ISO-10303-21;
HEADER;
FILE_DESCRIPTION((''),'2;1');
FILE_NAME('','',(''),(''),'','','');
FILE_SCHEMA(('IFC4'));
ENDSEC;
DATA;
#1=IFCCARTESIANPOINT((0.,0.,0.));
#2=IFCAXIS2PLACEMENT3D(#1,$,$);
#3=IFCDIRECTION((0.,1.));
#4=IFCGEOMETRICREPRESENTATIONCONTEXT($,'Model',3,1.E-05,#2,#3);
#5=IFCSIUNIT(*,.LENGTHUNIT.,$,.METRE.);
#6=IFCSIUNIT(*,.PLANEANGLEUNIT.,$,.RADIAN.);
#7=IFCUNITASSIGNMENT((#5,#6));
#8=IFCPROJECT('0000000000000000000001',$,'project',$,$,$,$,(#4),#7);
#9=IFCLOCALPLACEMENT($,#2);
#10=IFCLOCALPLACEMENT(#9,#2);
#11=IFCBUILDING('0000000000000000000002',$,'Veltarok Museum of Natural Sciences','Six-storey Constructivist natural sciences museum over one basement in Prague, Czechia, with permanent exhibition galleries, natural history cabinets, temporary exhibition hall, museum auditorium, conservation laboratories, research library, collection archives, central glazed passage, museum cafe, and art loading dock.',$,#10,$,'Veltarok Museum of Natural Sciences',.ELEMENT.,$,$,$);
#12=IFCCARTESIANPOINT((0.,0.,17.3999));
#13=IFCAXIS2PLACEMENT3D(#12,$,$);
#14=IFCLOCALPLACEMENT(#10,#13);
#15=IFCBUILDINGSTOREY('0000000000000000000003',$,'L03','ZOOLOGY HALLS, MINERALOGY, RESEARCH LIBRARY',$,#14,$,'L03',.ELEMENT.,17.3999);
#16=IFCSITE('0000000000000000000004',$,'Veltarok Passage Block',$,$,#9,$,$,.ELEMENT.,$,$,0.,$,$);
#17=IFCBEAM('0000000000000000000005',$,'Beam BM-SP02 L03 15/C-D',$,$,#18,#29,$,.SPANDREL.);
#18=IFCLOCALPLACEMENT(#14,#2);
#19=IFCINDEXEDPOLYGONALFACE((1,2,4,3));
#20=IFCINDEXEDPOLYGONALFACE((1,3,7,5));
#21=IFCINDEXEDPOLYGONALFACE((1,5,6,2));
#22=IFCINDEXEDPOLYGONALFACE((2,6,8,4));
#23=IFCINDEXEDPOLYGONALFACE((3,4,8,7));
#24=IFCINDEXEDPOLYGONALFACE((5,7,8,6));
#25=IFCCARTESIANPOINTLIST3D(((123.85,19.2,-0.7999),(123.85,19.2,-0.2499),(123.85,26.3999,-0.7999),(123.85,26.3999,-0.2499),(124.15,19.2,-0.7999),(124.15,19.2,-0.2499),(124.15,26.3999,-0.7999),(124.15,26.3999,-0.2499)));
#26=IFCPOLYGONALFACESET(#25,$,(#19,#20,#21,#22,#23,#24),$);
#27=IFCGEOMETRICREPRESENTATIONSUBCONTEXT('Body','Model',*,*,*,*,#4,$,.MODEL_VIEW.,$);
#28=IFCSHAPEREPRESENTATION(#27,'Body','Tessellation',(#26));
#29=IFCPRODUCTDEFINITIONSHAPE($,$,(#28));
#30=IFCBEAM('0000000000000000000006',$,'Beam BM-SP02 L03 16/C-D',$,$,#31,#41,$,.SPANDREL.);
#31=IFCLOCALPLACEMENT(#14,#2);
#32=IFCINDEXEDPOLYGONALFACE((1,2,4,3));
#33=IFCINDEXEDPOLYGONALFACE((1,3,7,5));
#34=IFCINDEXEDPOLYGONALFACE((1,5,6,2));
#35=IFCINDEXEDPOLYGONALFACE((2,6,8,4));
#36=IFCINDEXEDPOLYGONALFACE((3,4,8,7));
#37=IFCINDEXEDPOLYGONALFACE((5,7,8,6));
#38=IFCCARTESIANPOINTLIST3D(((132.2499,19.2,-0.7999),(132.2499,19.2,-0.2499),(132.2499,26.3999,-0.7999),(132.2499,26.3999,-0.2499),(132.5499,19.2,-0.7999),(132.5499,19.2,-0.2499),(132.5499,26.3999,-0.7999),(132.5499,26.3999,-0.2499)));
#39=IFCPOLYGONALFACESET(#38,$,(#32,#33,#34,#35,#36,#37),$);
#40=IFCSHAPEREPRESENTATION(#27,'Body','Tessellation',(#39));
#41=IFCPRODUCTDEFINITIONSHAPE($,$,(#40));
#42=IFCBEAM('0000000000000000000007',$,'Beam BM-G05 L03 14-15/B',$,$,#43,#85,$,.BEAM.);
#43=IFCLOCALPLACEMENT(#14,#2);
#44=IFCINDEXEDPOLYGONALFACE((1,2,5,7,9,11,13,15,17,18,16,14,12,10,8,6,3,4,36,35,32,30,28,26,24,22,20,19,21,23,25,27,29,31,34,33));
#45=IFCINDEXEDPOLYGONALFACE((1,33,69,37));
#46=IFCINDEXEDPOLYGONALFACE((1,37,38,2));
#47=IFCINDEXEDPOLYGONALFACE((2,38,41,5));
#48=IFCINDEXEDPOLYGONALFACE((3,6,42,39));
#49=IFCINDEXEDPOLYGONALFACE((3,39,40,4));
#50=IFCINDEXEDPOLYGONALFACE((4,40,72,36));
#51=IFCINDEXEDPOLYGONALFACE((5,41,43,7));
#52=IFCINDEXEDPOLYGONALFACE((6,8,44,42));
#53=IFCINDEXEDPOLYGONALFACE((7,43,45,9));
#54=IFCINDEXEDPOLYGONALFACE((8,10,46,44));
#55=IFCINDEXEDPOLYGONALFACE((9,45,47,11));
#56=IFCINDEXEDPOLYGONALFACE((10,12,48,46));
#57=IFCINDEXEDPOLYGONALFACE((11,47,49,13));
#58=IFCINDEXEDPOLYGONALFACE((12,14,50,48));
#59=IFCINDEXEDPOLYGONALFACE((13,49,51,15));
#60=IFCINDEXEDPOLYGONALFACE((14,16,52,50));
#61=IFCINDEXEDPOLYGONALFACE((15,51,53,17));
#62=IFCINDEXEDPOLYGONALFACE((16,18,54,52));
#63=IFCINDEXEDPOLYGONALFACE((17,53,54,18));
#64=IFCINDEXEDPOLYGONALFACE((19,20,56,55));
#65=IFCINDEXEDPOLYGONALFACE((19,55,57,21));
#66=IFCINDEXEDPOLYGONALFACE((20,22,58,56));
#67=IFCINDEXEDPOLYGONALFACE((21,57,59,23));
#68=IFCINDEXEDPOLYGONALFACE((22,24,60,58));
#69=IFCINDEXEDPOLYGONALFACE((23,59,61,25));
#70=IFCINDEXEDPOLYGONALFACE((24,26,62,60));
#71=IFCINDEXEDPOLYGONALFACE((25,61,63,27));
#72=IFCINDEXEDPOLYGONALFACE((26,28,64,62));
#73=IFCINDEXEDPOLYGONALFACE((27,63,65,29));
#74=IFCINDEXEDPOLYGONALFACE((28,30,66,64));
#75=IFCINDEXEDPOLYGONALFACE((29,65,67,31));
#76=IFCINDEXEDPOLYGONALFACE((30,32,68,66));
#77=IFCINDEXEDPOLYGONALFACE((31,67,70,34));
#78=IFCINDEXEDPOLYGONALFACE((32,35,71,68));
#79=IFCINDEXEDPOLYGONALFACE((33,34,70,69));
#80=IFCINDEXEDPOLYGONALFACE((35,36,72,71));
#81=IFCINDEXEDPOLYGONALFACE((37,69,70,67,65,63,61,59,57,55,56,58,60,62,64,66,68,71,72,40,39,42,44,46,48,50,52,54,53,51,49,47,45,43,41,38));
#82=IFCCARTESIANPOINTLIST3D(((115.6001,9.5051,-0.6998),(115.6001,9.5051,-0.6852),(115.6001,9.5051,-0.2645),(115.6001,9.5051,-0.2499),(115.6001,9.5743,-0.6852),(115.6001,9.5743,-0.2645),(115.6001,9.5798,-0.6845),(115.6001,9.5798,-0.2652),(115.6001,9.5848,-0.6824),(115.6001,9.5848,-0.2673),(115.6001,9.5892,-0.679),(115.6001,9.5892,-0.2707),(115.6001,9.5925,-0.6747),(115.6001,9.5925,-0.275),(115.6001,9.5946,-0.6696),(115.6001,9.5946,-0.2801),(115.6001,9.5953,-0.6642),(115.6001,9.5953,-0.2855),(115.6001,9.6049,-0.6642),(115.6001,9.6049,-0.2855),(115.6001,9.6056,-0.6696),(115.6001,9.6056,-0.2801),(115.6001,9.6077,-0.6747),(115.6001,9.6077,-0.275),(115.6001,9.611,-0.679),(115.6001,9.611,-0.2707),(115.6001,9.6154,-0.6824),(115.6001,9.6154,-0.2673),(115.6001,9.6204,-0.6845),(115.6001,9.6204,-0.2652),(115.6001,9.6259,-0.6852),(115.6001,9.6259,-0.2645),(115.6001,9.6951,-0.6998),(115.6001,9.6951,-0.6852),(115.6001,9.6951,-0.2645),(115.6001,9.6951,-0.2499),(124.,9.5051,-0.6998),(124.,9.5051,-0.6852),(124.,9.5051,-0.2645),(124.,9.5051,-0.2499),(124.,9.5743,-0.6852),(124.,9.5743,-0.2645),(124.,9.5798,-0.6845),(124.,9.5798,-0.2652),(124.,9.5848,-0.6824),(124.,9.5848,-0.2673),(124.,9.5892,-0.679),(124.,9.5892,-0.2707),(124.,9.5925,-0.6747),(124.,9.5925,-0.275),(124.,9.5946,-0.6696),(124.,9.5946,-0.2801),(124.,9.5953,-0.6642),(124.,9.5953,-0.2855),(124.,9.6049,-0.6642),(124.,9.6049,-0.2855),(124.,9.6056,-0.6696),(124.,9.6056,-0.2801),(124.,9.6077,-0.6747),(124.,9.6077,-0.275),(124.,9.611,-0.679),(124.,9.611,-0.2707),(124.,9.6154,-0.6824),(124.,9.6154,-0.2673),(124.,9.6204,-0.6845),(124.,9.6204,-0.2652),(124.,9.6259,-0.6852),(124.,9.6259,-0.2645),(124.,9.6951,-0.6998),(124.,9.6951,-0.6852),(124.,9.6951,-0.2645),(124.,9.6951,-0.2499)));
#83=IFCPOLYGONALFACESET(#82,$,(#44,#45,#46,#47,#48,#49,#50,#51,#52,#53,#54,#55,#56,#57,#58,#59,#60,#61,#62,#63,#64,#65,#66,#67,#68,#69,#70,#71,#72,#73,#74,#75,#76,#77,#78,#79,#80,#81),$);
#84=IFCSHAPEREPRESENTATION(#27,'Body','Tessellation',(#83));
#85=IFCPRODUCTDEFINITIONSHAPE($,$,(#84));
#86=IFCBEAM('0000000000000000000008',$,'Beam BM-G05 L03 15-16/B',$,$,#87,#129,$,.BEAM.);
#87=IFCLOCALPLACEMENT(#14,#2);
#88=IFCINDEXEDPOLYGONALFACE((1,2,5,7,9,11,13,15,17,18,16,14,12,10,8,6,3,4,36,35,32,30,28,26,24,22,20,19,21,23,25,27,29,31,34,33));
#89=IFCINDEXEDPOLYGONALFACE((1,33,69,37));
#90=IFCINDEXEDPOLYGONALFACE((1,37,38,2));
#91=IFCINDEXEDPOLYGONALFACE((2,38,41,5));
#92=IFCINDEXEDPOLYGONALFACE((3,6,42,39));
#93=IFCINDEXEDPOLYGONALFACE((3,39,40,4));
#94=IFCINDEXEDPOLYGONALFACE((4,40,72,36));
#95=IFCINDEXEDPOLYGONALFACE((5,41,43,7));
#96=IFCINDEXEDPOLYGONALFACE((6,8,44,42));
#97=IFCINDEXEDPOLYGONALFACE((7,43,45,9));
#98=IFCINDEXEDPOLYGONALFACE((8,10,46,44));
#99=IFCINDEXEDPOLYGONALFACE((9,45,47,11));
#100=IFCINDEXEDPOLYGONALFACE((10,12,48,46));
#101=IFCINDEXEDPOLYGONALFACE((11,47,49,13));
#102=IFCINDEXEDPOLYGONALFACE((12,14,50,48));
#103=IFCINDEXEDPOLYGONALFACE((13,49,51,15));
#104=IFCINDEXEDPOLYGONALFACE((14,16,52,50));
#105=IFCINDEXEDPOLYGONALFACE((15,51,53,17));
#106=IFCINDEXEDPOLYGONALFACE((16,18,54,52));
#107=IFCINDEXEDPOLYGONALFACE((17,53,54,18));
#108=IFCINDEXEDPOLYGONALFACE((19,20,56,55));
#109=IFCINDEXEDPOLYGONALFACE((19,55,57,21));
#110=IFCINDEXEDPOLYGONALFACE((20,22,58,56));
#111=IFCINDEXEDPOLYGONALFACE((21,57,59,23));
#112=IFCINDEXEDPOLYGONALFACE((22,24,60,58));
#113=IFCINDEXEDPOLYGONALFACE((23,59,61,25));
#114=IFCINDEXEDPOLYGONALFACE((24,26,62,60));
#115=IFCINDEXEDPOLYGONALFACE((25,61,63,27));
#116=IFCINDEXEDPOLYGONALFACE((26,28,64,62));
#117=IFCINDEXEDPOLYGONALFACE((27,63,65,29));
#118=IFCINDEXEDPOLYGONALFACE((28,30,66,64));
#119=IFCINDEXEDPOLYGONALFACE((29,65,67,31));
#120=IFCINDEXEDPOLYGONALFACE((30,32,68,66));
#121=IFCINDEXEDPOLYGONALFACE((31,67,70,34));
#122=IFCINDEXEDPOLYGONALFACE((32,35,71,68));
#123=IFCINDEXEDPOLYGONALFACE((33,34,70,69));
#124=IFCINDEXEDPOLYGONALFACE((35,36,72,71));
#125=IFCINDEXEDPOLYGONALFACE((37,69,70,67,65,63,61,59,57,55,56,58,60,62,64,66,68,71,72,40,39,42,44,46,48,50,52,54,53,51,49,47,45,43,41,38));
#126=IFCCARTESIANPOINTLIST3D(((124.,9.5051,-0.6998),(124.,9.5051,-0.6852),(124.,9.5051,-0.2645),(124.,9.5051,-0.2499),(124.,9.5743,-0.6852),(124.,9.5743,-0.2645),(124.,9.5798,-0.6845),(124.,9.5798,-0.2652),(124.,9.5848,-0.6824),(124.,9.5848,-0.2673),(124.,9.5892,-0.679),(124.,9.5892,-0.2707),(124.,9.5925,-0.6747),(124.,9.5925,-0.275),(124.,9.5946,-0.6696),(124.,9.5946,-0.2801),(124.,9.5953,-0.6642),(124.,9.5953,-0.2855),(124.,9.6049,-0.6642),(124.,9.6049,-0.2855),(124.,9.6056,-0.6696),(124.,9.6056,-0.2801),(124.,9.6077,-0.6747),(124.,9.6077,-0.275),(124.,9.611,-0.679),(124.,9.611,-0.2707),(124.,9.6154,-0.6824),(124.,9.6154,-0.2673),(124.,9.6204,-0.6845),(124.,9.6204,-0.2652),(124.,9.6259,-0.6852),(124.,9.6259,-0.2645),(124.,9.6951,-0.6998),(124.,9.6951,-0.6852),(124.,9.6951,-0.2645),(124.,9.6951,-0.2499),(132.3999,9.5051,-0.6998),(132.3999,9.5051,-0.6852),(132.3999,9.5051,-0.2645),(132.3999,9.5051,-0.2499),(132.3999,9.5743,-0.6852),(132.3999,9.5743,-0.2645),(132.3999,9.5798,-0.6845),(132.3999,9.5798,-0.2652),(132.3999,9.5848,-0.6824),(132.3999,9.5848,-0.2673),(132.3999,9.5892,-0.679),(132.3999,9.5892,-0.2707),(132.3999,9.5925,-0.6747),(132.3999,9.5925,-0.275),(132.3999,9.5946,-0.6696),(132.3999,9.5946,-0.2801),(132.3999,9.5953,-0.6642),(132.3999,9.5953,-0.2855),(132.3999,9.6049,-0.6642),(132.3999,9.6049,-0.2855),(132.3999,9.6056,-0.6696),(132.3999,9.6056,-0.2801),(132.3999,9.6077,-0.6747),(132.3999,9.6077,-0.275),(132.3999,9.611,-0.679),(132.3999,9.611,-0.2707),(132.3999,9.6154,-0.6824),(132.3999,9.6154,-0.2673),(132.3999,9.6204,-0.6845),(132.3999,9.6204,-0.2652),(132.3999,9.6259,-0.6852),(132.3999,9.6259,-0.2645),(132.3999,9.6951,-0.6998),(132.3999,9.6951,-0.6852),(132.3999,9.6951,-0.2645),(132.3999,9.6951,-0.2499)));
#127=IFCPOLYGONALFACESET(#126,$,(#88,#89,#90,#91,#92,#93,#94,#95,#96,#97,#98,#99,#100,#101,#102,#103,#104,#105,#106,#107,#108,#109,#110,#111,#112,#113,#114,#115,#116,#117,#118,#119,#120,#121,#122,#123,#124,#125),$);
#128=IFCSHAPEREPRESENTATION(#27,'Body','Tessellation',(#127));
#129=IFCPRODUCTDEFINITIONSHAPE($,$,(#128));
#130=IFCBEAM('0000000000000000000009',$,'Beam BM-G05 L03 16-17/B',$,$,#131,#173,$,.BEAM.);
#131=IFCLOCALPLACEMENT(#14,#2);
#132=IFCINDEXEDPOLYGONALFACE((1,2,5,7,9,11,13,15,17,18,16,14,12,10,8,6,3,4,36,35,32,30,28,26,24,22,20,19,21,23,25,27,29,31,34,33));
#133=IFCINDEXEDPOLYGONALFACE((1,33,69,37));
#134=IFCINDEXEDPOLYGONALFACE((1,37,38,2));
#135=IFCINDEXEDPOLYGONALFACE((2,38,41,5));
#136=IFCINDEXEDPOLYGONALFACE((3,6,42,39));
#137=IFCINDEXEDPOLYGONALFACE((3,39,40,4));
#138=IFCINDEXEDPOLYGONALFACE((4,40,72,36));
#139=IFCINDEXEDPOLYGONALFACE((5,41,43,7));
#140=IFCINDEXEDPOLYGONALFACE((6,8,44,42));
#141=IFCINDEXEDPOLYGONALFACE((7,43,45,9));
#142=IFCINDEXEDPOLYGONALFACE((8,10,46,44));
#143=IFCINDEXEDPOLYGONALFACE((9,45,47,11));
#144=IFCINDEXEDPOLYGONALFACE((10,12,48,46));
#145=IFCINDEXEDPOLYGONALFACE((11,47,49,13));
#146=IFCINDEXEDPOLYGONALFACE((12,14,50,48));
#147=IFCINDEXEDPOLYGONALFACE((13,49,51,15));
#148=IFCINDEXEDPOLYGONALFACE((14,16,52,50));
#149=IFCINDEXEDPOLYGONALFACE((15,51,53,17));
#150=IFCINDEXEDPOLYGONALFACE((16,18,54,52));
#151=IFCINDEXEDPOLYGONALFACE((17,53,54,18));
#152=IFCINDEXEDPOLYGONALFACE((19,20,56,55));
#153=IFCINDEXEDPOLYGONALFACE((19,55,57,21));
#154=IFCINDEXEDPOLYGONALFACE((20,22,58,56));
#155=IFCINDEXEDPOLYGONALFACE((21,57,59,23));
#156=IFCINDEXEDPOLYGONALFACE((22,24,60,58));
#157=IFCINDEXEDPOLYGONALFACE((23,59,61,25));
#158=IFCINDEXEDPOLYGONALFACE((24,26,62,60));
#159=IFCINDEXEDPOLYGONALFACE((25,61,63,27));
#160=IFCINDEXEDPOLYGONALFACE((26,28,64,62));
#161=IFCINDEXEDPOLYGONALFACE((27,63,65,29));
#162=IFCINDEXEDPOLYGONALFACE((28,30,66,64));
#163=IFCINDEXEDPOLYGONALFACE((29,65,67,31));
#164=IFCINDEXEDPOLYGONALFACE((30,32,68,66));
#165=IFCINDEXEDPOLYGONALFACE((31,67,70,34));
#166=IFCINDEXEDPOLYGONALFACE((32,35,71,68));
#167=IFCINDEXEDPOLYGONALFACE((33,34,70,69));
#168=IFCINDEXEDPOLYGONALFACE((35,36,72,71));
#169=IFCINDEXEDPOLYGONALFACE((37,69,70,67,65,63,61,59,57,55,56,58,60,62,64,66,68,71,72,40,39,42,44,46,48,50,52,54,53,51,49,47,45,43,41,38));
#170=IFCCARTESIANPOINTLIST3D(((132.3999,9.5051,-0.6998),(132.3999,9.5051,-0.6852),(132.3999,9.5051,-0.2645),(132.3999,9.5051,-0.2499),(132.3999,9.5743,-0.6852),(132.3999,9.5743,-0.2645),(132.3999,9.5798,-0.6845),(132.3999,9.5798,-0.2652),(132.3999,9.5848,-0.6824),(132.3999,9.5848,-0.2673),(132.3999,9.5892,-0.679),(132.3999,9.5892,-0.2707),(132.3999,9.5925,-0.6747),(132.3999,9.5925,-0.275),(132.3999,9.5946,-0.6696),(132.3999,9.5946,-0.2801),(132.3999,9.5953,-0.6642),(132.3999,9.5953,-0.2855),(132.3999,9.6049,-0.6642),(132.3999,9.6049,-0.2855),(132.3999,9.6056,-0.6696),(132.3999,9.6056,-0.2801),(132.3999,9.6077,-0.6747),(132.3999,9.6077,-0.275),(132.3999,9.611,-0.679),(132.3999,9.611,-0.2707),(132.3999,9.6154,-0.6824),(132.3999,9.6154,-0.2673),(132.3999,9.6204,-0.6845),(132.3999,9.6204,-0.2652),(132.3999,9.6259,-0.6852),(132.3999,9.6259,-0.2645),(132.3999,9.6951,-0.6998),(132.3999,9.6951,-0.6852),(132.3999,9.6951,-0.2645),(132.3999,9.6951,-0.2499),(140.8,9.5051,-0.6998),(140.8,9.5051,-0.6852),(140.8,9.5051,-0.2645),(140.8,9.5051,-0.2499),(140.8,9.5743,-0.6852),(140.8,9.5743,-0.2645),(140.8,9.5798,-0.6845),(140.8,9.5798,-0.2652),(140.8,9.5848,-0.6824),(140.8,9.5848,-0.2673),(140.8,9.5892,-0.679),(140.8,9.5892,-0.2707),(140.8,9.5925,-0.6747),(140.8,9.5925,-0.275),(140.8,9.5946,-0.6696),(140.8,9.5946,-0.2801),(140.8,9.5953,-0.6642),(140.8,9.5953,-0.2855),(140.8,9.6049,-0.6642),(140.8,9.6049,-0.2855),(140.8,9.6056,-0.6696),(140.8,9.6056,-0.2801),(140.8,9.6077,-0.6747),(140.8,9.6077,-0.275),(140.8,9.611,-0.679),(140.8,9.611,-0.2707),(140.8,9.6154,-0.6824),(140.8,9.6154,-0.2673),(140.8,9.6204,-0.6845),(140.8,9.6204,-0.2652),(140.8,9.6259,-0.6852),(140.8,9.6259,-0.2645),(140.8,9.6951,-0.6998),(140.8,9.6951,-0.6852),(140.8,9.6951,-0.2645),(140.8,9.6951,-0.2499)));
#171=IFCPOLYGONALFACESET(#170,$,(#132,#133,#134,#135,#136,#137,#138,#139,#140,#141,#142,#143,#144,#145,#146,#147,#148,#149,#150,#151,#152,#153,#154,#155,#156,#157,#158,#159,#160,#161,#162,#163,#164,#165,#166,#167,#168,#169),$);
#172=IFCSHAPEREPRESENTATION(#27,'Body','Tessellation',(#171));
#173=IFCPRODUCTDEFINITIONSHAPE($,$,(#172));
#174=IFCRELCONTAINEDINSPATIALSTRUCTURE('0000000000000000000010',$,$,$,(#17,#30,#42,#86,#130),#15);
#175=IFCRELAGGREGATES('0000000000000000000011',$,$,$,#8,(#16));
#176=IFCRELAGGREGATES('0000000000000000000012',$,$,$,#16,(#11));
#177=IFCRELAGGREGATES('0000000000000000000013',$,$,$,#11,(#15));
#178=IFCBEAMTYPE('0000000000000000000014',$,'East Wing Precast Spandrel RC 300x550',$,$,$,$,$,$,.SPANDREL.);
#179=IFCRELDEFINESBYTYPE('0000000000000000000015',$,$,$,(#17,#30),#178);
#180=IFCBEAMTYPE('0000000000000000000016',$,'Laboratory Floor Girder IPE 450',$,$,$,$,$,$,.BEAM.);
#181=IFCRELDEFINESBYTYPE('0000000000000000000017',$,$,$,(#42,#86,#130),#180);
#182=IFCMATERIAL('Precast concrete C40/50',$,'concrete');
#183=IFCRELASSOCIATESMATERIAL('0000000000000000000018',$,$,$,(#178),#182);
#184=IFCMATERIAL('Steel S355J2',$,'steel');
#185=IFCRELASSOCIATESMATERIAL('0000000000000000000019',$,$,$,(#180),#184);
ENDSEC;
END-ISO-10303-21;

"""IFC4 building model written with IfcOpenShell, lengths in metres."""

from ifc_helpers import new_model, si_unit, direction, frame, origin, origin_2d, place, context, subcontext, project, spatial, rectangle, i_section, extrude, material, material_profile, profile_set, type_object, element, save


model = new_model("IFC4")

# Units and contexts
model_context = context("Model", 3, precision=1e-05, world=origin(), true_north=direction((0.0, 1.0)))
body_context = subcontext(model_context, "Body", "Model", "MODEL_VIEW")
ifc_project = project(units=[si_unit("LENGTHUNIT", "METRE"), si_unit("PLANEANGLEUNIT", "RADIAN")], contexts=[model_context])

# Site, building, storey
site_placement = place(None, origin())
site = spatial("IfcSite", under=ifc_project, at=site_placement, Name="Veltarok Passage Block", CompositionType="ELEMENT", RefElevation=0.0)
building_placement = place(site_placement, origin())
building = spatial("IfcBuilding", under=site, at=building_placement, Name="Veltarok Museum of Natural Sciences", Description="Six-storey Constructivist natural sciences museum over one basement in Prague, Czechia, with permanent exhibition galleries, natural history cabinets, temporary exhibition hall, museum auditorium, conservation laboratories, research library, collection archives, central glazed passage, museum cafe, and art loading dock.", LongName="Veltarok Museum of Natural Sciences", CompositionType="ELEMENT")
storey_placement = place(building_placement, frame((0.0, 0.0, 17.3999)))
storey = spatial("IfcBuildingStorey", under=building, at=storey_placement, Name="L03", Description="ZOOLOGY HALLS, MINERALOGY, RESEARCH LIBRARY", LongName="L03", CompositionType="ELEMENT", Elevation=17.3999)

# Shared definitions
ifc_material_1 = material(Name="Steel S355J2", Category="steel")

# Beams
ifc_material_2 = material(Name="Precast concrete C40/50", Category="concrete")
ifc_material_profile_1 = material_profile(ifc_material_2, rectangle(XDim=0.3, YDim=0.55, at=origin_2d()), Name="RC 300x550")
ifc_profile_set_1 = profile_set([ifc_material_profile_1], Name="Precast concrete C40/50")
beam_type_1 = type_object("IfcBeamType", Name="East Wing Precast Spandrel RC 300x550", PredefinedType="SPANDREL", material=ifc_profile_set_1)
for number, where, z_axis, x_axis, name in (
    (1, (124.0, 19.2, -0.5249), (0.0, 1.0, 0.0), (-1.0, 0.0, 0.0), "Beam BM-SP02 L03 15/C-D"),
    (2, (132.3999, 19.2, -0.5249), (0.0, 1.0, 0.0), (-1.0, 0.0, 0.0), "Beam BM-SP02 L03 16/C-D"),
):
    element("IfcBeam", number, at=place(storey_placement, frame(where, z_axis=z_axis, x_axis=x_axis)), inside=storey, type_object=beam_type_1, Name=name, PredefinedType="SPANDREL", context=body_context, shape_type="SweptSolid", body=[
        extrude(rectangle(XDim=0.3, YDim=0.55, at=origin_2d()), origin(), (0.0, 0.0, 1.0), 7.2),
    ])
ifc_material_profile_2 = material_profile(ifc_material_1, i_section(OverallWidth=0.1899, OverallDepth=0.45, WebThickness=0.0095, FlangeThickness=0.0146, FilletRadius=0.021, at=origin_2d()), Name="IPE 450")
ifc_profile_set_2 = profile_set([ifc_material_profile_2], Name="Steel S355J2")
beam_type_2 = type_object("IfcBeamType", Name="Laboratory Floor Girder IPE 450", PredefinedType="BEAM", material=ifc_profile_set_2)
for number, where, z_axis, x_axis, name in (
    (3, (115.6001, 9.6001, -0.4749), (1.0, 0.0, 0.0), (0.0, 1.0, 0.0), "Beam BM-G05 L03 14-15/B"),
    (4, (124.0, 9.6001, -0.4749), (1.0, 0.0, 0.0), (0.0, 1.0, 0.0), "Beam BM-G05 L03 15-16/B"),
):
    element("IfcBeam", number, at=place(storey_placement, frame(where, z_axis=z_axis, x_axis=x_axis)), inside=storey, type_object=beam_type_2, Name=name, PredefinedType="BEAM", context=body_context, shape_type="SweptSolid", body=[
        extrude(i_section(OverallWidth=0.1899, OverallDepth=0.45, WebThickness=0.0095, FlangeThickness=0.0146, FilletRadius=0.021, at=origin_2d()), origin(), (0.0, 0.0, 1.0), 8.3999),
    ])
beam_1_placement = place(storey_placement, frame((132.3999, 9.6001, -0.4749), z_axis=(1.0, 0.0, 0.0), x_axis=(0.0, 1.0, 0.0)))
element("IfcBeam", 5, at=beam_1_placement, inside=storey, type_object=beam_type_2, Name="Beam BM-G05 L03 16-17/B", PredefinedType="BEAM", context=body_context, shape_type="SweptSolid", body=[
    extrude(i_section(OverallWidth=0.1899, OverallDepth=0.45, WebThickness=0.0095, FlangeThickness=0.0146, FilletRadius=0.021, at=origin_2d()), origin(), (0.0, 0.0, 1.0), 8.4001),
])

save(model, "model.ifc")
